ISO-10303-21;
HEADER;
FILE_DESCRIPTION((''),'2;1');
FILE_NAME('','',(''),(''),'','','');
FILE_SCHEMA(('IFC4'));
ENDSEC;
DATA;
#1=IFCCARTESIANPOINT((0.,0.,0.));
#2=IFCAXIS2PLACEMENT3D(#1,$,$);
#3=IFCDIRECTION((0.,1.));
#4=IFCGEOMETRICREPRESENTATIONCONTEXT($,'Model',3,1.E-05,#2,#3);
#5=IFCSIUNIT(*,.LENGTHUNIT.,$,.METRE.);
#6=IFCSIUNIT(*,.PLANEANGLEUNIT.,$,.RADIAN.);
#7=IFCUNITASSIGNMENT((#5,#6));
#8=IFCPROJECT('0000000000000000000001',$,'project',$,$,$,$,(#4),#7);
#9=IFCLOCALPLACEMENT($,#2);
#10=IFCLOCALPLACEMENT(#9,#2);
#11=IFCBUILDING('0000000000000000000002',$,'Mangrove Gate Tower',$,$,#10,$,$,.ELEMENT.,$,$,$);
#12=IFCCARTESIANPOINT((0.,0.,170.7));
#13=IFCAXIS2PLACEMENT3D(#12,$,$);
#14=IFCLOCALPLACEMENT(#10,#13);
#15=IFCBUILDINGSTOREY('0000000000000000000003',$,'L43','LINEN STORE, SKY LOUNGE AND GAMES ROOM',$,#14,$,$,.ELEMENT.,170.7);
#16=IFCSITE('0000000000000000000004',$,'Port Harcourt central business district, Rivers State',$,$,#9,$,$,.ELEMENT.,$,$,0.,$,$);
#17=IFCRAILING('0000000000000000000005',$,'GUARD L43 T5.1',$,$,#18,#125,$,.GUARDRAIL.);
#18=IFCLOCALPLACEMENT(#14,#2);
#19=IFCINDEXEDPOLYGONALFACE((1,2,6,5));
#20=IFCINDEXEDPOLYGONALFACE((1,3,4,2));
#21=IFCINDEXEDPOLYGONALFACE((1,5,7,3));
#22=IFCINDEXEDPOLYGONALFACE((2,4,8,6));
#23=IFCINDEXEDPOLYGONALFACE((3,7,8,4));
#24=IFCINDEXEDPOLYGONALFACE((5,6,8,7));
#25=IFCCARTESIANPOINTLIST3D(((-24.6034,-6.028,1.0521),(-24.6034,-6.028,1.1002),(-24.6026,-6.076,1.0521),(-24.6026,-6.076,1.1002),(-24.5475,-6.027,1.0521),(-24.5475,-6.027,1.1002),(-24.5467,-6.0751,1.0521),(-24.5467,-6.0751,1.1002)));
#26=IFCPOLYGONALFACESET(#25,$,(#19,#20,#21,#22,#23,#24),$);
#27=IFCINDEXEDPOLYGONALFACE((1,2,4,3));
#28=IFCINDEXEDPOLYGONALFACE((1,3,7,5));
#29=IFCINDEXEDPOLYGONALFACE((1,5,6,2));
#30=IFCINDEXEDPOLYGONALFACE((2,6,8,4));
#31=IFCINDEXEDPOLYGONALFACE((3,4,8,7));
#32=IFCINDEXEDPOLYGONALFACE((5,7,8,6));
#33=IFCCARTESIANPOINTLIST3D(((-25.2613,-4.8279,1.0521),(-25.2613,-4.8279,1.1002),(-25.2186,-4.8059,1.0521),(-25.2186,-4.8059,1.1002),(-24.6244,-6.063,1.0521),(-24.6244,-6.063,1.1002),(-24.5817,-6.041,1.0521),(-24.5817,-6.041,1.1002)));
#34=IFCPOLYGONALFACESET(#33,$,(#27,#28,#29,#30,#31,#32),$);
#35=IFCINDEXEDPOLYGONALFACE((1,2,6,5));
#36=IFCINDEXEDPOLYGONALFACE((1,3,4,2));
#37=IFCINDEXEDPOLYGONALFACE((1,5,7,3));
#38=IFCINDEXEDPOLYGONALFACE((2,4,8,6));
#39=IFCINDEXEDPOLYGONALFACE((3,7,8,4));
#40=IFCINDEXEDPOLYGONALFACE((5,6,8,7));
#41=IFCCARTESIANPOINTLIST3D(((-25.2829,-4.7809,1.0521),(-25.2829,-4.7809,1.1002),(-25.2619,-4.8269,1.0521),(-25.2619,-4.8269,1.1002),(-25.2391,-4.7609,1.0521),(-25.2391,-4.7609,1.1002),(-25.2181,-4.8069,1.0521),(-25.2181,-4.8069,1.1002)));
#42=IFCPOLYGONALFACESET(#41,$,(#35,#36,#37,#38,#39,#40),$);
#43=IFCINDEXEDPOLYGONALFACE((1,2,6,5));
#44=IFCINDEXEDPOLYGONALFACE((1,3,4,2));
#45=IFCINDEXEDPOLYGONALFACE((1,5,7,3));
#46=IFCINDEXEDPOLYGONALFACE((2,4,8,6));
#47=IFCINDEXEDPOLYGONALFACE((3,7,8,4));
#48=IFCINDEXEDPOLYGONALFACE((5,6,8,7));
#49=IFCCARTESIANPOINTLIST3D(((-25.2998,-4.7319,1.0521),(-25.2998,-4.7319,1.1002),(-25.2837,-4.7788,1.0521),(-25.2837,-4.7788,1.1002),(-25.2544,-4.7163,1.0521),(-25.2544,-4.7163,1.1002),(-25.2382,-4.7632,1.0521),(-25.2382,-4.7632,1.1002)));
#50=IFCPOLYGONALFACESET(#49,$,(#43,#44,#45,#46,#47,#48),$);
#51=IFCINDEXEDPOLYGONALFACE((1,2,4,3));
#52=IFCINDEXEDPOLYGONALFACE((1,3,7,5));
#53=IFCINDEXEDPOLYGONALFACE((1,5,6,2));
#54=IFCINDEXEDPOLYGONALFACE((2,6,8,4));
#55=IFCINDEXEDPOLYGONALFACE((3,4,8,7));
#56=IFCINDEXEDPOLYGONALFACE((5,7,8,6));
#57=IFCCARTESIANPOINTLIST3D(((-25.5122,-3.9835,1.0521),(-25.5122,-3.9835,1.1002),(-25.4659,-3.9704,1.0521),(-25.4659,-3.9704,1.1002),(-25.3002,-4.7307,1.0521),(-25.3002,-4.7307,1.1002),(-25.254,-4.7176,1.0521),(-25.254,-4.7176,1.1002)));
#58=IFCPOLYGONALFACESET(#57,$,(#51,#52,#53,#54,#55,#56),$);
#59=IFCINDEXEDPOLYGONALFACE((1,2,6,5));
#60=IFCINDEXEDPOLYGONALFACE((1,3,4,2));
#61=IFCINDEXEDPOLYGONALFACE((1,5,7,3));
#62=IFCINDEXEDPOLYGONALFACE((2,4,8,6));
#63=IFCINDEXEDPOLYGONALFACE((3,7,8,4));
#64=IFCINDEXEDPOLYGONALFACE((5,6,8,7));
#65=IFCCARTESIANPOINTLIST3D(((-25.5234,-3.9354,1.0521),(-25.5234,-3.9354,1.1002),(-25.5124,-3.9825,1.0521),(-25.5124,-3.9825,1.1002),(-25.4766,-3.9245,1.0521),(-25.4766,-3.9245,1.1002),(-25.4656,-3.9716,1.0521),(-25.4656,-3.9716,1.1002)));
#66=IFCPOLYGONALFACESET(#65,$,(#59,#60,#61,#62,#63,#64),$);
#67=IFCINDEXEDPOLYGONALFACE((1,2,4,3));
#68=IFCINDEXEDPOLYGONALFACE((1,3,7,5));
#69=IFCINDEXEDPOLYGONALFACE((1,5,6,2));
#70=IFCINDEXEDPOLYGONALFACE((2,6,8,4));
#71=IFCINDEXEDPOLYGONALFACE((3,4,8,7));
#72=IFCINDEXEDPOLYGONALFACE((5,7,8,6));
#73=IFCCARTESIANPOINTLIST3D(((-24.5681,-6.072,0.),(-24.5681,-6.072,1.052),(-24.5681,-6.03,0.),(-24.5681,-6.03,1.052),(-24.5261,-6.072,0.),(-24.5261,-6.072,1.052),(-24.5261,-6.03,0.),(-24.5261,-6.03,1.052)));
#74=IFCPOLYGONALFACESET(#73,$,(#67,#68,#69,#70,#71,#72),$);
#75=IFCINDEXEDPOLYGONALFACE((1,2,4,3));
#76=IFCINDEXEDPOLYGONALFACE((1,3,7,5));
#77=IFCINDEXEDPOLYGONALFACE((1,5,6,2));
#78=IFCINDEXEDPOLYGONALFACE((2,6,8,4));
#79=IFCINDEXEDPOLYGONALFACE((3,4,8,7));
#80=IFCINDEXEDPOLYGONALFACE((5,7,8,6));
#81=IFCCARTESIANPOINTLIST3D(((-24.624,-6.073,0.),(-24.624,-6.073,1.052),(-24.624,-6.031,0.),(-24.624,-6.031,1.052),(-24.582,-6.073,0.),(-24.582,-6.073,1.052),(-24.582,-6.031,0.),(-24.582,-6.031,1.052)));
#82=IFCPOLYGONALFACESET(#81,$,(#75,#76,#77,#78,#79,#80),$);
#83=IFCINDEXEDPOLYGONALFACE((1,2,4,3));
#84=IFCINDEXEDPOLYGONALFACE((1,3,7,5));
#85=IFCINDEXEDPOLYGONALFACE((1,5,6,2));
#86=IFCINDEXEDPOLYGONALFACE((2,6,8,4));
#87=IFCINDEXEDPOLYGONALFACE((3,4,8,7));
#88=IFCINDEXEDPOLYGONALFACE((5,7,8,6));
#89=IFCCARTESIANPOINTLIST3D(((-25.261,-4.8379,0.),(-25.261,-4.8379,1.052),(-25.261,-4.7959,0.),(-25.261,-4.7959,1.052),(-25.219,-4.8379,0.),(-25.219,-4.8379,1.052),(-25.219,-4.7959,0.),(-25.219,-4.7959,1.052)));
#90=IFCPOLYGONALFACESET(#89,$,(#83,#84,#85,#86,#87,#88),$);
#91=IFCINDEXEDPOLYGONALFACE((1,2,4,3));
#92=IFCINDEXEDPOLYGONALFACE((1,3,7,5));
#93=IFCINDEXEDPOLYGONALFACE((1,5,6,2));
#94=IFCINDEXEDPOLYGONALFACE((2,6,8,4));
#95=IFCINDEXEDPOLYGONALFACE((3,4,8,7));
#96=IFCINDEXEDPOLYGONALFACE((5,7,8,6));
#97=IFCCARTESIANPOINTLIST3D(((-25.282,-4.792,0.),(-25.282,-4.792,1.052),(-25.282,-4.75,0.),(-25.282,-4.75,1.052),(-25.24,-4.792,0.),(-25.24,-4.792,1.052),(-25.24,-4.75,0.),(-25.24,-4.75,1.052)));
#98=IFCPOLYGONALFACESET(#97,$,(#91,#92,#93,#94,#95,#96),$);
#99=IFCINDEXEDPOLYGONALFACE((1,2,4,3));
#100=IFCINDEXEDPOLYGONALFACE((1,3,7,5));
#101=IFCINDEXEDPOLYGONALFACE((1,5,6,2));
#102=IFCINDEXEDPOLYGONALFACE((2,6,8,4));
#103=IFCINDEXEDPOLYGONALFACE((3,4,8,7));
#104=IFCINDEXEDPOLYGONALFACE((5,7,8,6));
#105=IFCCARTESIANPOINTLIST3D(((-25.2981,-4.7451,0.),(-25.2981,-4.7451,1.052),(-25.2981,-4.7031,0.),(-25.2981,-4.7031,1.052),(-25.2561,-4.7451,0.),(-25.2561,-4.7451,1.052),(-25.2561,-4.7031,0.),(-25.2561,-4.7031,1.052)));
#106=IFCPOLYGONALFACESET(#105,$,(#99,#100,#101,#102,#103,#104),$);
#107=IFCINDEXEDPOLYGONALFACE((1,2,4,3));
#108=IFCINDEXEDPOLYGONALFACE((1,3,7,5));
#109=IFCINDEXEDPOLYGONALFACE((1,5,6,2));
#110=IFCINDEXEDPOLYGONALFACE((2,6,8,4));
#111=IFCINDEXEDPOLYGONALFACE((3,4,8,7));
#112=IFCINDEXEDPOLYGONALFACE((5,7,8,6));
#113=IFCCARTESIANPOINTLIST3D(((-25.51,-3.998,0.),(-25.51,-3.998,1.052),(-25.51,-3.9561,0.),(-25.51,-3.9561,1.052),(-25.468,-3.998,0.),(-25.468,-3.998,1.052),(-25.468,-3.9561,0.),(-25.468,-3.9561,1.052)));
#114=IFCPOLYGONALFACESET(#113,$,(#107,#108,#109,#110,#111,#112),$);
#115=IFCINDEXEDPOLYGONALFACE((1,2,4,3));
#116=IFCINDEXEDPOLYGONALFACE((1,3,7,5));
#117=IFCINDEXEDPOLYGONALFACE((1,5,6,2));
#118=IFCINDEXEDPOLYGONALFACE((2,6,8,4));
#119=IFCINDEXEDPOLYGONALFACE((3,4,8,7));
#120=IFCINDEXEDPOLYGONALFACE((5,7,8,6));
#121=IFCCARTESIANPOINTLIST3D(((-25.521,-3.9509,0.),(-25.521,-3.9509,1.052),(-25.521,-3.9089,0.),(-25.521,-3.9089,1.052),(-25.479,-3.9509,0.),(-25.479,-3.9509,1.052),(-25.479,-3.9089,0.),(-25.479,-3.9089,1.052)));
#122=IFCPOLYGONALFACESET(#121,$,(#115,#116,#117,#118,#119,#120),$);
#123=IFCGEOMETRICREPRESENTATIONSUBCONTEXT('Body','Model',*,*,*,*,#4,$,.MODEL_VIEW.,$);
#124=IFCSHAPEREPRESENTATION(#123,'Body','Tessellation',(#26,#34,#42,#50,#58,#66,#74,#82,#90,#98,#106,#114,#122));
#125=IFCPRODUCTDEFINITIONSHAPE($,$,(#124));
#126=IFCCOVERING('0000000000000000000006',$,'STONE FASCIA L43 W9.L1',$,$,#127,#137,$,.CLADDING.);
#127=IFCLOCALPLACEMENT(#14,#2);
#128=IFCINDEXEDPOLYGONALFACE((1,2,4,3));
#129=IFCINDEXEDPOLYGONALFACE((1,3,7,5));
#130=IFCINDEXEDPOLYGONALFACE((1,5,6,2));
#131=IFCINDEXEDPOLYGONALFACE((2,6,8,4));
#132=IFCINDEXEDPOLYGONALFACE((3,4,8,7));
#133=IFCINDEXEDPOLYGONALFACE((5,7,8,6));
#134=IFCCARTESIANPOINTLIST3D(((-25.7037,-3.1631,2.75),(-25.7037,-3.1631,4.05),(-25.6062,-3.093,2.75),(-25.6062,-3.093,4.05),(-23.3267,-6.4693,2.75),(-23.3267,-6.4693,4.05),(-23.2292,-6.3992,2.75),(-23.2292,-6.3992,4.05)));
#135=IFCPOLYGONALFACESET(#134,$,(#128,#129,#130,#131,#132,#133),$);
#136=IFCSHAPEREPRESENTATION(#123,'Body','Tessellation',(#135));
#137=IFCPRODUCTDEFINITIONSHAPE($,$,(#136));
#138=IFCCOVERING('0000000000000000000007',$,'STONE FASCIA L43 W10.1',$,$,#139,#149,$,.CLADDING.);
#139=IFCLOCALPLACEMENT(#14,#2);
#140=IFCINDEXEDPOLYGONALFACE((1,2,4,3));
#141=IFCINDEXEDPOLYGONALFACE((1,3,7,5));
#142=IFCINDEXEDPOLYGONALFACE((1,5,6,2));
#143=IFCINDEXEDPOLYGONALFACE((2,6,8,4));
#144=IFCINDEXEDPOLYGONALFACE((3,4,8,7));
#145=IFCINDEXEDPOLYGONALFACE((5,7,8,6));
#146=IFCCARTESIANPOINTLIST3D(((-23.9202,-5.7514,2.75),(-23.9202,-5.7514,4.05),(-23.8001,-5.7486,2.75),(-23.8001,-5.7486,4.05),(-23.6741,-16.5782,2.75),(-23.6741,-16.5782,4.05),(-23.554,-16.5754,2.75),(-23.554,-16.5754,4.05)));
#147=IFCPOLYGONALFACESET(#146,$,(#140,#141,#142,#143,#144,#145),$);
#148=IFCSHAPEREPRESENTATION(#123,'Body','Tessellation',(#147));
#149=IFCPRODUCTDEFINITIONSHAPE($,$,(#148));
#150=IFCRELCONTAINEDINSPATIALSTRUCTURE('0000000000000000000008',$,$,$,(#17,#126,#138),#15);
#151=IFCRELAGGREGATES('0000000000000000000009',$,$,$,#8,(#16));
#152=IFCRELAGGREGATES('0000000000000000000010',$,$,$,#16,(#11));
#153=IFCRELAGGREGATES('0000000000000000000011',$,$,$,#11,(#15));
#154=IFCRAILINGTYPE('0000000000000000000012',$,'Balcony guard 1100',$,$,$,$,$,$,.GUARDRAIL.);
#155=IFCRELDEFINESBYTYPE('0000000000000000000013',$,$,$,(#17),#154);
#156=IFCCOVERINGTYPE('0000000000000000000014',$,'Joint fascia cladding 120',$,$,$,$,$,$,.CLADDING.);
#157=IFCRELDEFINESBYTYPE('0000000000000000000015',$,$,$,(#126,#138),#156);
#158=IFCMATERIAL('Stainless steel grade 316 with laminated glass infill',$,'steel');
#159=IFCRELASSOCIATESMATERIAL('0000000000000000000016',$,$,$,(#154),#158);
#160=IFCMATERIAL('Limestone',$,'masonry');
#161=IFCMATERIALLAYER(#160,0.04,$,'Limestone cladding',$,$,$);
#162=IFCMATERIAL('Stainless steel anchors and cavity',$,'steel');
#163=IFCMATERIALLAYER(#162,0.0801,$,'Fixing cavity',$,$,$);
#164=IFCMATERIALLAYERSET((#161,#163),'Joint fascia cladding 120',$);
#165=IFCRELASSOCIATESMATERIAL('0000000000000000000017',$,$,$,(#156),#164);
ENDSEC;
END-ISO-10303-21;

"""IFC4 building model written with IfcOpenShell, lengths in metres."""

from ifc_helpers import new_model, si_unit, direction, frame, frame_2d, origin, origin_2d, place, context, subcontext, project, spatial, rectangle, extrude, material, layer, layer_set, type_object, element, save


model = new_model("IFC4")

# Units and contexts
model_context = context("Model", 3, precision=1e-05, world=origin(), true_north=direction((0.0, 1.0)))
body_context = subcontext(model_context, "Body", "Model", "MODEL_VIEW")
ifc_project = project(units=[si_unit("LENGTHUNIT", "METRE"), si_unit("PLANEANGLEUNIT", "RADIAN")], contexts=[model_context])

# Site, building, storey
site_placement = place(None, origin())
site = spatial("IfcSite", under=ifc_project, at=site_placement, Name="Port Harcourt central business district, Rivers State", CompositionType="ELEMENT", RefElevation=0.0)
building_placement = place(site_placement, origin())
building = spatial("IfcBuilding", under=site, at=building_placement, Name="Mangrove Gate Tower", CompositionType="ELEMENT")
storey_placement = place(building_placement, frame((0.0, 0.0, 170.7)))
storey = spatial("IfcBuildingStorey", under=building, at=storey_placement, Name="L43", Description="LINEN STORE, SKY LOUNGE AND GAMES ROOM", CompositionType="ELEMENT", Elevation=170.7)

# Shared definitions
ifc_material_1 = material(Name="Limestone", Category="masonry")

# Railing
ifc_material_2 = material(Name="Stainless steel grade 316 with laminated glass infill", Category="steel")
railing_type = type_object("IfcRailingType", Name="Balcony guard 1100", PredefinedType="GUARDRAIL", material=ifc_material_2)
railing_1_placement = place(storey_placement, frame((-24.5471, -6.051, 0.0)))
element("IfcRailing", 1, at=railing_1_placement, inside=storey, type_object=railing_type, Name="GUARD L43 T5.1", PredefinedType="GUARDRAIL", context=body_context, shape_type="SweptSolid", body=[
    extrude(rectangle(XDim=0.0481, YDim=0.0481, at=origin_2d()), frame((0.0, 0.0, 1.0762), z_axis=(-0.999847, -0.017465, 0.0), x_axis=(0.017465, -0.999847, 0.0)), (0.0, 0.0, 1.0), 0.0559),
    extrude(rectangle(XDim=0.0481, YDim=0.0481, at=origin_2d()), frame((-0.0559, -0.001, 1.0762), z_axis=(-0.458352, 0.888771, 0.0), x_axis=(-0.888771, -0.458352, 0.0)), (0.0, 0.0, 1.0), 1.3896),
    extrude(rectangle(XDim=0.0481, YDim=0.0481, at=origin_2d()), frame((-0.6929, 1.2341, 1.0762), z_axis=(-0.415988, 0.90937, 0.0), x_axis=(-0.90937, -0.415988, 0.0)), (0.0, 0.0, 1.0), 0.0505),
    extrude(rectangle(XDim=0.0481, YDim=0.0481, at=origin_2d()), frame((-0.7139, 1.28, 1.0762), z_axis=(-0.32508, 0.945687, 0.0), x_axis=(-0.945687, -0.32508, 0.0)), (0.0, 0.0, 1.0), 0.0496),
    extrude(rectangle(XDim=0.0481, YDim=0.0481, at=origin_2d()), frame((-0.73, 1.3269, 1.0762), z_axis=(-0.272894, 0.962044, 0.0), x_axis=(-0.962044, -0.272894, 0.0)), (0.0, 0.0, 1.0), 0.7766),
    extrude(rectangle(XDim=0.0481, YDim=0.0481, at=origin_2d()), frame((-0.9419, 2.074, 1.0762), z_axis=(-0.22707, 0.973878, 0.0), x_axis=(-0.973878, -0.22707, 0.0)), (0.0, 0.0, 1.0), 0.0483),
    extrude(rectangle(XDim=0.042, YDim=0.042, at=origin_2d()), origin(), (0.0, 0.0, 1.0), 1.052),
    extrude(rectangle(XDim=0.042, YDim=0.042, at=origin_2d()), frame((-0.0559, -0.001, 0.0)), (0.0, 0.0, 1.0), 1.052),
    extrude(rectangle(XDim=0.042, YDim=0.042, at=origin_2d()), frame((-0.6929, 1.2341, 0.0)), (0.0, 0.0, 1.0), 1.052),
    extrude(rectangle(XDim=0.042, YDim=0.042, at=origin_2d()), frame((-0.7139, 1.28, 0.0)), (0.0, 0.0, 1.0), 1.052),
    extrude(rectangle(XDim=0.042, YDim=0.042, at=origin_2d()), frame((-0.73, 1.3269, 0.0)), (0.0, 0.0, 1.0), 1.052),
    extrude(rectangle(XDim=0.042, YDim=0.042, at=origin_2d()), frame((-0.9419, 2.074, 0.0)), (0.0, 0.0, 1.0), 1.052),
    extrude(rectangle(XDim=0.042, YDim=0.042, at=origin_2d()), frame((-0.9529, 2.1211, 0.0)), (0.0, 0.0, 1.0), 1.052),
])

# Coverings
ifc_layer_1 = layer(ifc_material_1, 0.04, Name="Limestone cladding")
ifc_material_3 = material(Name="Stainless steel anchors and cavity", Category="steel")
ifc_layer_2 = layer(ifc_material_3, 0.0801, Name="Fixing cavity")
ifc_layer_set_1 = layer_set([ifc_layer_1, ifc_layer_2], Name="Joint fascia cladding 120")
covering_type = type_object("IfcCoveringType", Name="Joint fascia cladding 120", PredefinedType="CLADDING", material=ifc_layer_set_1)
covering_1_placement = place(storey_placement, frame((-25.655, -3.1279, 2.75), z_axis=(0.0, 0.0, 1.0), x_axis=(0.583742, -0.811939, 0.0)))
element("IfcCovering", 2, at=covering_1_placement, inside=storey, type_object=covering_type, Name="STONE FASCIA L43 W9.L1", PredefinedType="CLADDING", context=body_context, shape_type="SweptSolid", body=[
    extrude(rectangle(XDim=4.072, YDim=0.1201, at=frame_2d((2.0361, 0.0))), origin(), (0.0, 0.0, 1.0), 1.3),
])
covering_2_placement = place(storey_placement, frame((-23.8601, -5.75, 2.75), z_axis=(0.0, 0.0, 1.0), x_axis=(0.022724, -0.999742, 0.0)))
element("IfcCovering", 3, at=covering_2_placement, inside=storey, type_object=covering_type, Name="STONE FASCIA L43 W10.1", PredefinedType="CLADDING", context=body_context, shape_type="SweptSolid", body=[
    extrude(rectangle(XDim=10.8296, YDim=0.1201, at=frame_2d((5.4148, 0.0))), origin(), (0.0, 0.0, 1.0), 1.3),
])

save(model, "model.ifc")
